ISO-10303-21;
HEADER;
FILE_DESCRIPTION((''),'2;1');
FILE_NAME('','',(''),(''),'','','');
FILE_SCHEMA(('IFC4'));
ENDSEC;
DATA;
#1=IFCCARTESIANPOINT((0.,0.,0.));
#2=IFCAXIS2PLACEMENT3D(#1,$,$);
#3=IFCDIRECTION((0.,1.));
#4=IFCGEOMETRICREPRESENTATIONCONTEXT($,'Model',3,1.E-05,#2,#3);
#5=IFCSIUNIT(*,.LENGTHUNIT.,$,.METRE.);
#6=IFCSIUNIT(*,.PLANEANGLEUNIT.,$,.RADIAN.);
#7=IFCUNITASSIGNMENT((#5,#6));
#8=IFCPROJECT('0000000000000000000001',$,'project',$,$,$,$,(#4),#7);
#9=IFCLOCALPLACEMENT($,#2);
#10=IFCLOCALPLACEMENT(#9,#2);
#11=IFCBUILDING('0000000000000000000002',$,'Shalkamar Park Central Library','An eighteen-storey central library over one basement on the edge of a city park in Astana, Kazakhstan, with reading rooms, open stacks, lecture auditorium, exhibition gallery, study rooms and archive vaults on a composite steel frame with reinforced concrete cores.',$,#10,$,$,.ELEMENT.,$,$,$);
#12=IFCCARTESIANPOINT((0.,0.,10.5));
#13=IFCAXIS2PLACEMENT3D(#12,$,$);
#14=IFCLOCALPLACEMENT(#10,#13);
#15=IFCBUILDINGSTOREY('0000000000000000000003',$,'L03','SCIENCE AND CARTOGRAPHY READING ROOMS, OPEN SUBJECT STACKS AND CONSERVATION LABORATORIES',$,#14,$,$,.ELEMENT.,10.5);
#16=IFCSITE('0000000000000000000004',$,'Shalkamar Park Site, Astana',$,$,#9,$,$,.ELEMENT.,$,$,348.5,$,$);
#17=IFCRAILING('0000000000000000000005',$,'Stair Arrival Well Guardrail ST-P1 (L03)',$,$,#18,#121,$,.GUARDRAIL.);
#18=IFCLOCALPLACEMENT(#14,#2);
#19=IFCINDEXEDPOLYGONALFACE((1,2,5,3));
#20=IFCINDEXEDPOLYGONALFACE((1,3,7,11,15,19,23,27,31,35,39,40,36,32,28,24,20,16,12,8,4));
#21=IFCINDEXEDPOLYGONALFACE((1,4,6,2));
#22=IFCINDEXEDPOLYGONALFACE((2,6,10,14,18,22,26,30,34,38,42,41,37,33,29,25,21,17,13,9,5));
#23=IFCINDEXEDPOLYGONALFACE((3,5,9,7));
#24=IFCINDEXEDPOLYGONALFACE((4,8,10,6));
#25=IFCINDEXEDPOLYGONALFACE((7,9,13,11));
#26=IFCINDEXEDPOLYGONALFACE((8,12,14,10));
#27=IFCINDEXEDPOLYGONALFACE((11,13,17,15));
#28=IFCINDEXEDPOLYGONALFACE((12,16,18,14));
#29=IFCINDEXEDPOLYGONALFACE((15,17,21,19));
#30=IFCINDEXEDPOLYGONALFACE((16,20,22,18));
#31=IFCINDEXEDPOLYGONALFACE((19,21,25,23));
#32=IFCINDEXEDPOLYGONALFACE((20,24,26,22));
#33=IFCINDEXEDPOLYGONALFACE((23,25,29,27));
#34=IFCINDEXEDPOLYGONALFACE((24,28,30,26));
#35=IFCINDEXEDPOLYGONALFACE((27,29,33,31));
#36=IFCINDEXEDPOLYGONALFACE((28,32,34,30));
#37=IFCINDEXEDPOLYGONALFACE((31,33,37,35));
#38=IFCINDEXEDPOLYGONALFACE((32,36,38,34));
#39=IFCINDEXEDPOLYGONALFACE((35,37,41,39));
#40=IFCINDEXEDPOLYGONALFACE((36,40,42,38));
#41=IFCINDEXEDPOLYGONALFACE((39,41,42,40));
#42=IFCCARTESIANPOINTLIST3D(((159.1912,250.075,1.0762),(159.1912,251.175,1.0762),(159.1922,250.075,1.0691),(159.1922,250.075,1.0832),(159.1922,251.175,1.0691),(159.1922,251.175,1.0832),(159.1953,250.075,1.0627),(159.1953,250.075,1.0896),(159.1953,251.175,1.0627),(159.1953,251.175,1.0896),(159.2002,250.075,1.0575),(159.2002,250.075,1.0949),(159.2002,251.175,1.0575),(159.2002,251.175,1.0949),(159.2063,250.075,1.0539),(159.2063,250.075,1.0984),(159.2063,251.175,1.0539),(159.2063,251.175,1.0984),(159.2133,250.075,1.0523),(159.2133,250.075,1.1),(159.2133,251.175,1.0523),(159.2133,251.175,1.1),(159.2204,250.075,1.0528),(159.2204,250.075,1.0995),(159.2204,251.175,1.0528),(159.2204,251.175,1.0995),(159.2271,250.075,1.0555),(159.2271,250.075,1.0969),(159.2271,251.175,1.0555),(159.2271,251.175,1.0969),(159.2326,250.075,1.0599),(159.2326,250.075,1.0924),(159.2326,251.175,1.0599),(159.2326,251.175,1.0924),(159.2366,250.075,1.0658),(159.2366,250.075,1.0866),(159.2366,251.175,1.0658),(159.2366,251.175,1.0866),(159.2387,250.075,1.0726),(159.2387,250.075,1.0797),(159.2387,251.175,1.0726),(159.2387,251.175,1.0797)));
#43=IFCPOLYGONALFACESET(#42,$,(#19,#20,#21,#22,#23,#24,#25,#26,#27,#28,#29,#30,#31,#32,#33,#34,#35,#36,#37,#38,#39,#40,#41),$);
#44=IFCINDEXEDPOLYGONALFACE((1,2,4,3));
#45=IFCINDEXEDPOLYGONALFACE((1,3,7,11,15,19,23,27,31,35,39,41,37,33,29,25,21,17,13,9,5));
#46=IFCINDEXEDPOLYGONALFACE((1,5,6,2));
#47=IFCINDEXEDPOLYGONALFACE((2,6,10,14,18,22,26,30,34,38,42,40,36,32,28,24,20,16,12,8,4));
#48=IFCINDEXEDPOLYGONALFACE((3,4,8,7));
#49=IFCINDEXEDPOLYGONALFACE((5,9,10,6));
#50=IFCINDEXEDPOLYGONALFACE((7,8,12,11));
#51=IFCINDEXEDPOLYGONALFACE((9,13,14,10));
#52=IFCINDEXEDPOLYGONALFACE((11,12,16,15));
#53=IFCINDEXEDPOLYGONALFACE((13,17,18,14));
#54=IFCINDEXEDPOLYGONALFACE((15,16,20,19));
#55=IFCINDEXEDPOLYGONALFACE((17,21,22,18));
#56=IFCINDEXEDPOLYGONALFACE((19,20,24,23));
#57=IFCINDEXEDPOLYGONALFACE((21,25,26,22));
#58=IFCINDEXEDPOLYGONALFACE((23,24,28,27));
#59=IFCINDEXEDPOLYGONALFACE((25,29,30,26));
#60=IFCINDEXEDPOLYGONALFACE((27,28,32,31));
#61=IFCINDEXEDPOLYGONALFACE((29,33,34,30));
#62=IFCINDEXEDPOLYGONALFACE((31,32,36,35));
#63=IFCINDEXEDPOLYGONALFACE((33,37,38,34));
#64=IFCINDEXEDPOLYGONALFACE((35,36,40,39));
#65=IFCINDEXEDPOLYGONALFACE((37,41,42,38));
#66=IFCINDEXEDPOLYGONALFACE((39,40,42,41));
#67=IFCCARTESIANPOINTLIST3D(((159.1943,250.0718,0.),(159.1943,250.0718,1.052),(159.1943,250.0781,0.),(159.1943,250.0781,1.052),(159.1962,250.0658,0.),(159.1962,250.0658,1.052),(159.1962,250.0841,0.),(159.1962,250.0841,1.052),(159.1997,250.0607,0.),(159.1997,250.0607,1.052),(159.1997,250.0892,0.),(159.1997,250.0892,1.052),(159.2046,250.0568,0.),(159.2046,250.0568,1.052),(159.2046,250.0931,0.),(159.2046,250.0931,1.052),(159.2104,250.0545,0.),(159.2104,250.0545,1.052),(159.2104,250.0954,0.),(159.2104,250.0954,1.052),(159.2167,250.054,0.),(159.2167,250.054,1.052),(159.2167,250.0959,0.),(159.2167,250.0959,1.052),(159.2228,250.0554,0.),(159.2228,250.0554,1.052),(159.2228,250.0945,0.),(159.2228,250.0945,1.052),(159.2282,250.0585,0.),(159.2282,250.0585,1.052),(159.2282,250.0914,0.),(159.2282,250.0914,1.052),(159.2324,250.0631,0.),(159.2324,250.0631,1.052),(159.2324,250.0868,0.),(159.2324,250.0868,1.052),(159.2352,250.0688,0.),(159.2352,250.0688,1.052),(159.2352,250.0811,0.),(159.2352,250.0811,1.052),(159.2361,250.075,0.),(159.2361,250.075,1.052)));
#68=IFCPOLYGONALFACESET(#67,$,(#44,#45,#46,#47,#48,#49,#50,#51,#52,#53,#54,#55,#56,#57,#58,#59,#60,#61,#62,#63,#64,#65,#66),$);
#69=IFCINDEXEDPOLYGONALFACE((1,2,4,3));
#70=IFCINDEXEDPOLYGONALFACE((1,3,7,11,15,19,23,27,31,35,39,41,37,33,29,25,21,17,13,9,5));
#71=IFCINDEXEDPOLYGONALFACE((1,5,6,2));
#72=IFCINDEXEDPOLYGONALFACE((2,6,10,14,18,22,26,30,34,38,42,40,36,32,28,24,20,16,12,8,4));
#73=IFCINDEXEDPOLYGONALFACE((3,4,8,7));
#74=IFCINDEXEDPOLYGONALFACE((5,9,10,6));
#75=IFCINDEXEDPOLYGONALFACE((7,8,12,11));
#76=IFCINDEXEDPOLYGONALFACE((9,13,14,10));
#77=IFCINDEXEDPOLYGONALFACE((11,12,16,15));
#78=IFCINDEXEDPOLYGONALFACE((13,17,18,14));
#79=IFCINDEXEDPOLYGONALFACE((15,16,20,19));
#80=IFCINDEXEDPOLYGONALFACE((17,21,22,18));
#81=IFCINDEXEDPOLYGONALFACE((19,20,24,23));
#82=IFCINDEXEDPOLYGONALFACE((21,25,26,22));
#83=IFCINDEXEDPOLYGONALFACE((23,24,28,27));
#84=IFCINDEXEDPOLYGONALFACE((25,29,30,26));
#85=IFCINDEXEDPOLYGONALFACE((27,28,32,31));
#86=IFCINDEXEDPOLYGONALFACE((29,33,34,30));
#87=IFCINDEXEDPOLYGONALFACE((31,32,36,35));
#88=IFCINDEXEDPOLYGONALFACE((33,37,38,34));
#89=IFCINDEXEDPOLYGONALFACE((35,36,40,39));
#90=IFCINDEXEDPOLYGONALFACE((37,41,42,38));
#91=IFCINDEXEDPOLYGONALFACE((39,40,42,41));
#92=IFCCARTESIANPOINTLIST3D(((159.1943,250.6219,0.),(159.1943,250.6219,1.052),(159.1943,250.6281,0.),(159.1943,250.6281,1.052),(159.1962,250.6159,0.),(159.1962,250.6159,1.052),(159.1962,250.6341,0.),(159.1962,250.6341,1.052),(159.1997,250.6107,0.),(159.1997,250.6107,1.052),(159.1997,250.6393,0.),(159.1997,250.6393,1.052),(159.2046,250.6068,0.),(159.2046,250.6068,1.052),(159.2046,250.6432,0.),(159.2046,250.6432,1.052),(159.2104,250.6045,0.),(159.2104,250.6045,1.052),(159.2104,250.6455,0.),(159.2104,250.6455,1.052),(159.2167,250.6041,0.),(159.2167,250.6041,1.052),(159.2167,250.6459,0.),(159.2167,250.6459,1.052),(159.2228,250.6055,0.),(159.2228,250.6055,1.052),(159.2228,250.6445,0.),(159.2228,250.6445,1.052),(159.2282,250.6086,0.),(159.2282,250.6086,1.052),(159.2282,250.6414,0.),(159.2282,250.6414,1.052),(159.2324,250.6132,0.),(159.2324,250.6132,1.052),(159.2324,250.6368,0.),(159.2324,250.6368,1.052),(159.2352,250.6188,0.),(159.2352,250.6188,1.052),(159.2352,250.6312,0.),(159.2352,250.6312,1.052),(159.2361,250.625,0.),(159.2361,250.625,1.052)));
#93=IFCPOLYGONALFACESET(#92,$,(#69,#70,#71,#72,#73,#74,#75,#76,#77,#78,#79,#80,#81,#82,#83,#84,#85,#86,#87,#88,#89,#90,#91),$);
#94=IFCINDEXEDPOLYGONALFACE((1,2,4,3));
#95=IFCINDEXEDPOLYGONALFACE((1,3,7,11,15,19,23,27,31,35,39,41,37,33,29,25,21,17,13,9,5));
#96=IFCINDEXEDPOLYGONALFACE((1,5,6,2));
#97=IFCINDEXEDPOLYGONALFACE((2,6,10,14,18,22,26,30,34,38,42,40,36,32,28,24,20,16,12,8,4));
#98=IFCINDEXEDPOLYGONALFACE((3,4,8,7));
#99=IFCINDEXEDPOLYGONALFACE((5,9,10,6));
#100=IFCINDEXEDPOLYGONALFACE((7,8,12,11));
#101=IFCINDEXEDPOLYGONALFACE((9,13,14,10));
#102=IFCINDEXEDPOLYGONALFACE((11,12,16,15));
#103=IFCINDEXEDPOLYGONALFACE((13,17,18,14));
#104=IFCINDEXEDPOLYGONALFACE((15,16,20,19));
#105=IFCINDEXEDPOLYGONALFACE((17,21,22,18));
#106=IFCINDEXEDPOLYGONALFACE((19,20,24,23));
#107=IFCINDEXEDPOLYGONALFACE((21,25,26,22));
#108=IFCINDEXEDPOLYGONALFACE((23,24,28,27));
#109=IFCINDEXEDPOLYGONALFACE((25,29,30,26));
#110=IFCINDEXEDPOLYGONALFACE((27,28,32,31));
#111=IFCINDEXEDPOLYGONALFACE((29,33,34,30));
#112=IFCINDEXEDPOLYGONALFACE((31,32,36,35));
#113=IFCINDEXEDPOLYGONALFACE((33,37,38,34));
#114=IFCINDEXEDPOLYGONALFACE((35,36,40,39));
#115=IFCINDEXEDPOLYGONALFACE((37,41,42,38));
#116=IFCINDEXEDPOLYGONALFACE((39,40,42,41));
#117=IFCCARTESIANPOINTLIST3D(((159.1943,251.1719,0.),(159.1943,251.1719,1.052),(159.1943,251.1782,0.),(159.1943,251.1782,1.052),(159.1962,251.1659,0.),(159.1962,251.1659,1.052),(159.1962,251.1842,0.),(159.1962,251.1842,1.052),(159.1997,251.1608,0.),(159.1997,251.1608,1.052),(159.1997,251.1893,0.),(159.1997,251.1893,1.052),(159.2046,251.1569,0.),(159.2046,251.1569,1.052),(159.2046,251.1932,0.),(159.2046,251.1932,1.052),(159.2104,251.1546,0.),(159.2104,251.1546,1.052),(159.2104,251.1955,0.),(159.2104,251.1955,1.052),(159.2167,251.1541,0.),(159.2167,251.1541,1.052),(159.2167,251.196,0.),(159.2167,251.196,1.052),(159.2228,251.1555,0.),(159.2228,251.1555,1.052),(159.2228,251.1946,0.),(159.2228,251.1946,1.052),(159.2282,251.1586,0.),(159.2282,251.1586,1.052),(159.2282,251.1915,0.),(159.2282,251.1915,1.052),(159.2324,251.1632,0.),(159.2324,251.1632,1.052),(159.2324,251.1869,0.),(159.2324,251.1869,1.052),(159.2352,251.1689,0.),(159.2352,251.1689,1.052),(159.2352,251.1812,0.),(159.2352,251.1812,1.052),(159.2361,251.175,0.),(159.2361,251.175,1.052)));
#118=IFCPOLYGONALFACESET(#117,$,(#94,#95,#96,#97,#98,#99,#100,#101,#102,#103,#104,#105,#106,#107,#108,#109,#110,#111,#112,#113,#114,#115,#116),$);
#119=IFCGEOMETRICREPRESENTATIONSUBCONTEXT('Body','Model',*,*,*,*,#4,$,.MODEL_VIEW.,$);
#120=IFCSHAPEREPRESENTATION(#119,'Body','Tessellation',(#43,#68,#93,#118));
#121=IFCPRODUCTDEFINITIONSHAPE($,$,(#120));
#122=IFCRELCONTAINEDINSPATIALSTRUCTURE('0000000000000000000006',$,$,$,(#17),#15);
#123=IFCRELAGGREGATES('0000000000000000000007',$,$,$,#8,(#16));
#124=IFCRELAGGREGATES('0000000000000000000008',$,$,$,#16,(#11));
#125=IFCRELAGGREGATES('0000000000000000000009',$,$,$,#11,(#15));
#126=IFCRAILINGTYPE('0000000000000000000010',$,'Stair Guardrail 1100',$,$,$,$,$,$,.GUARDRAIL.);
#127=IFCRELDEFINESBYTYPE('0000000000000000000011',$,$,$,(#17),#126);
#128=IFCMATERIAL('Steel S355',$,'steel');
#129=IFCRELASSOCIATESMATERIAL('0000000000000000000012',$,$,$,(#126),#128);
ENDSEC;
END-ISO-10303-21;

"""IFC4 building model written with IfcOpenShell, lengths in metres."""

from ifc_helpers import new_model, si_unit, direction, frame, origin, origin_2d, place, context, subcontext, project, spatial, circle, extrude, material, type_object, element, save


model = new_model("IFC4")

# Units and contexts
model_context = context("Model", 3, precision=1e-05, world=origin(), true_north=direction((0.0, 1.0)))
body_context = subcontext(model_context, "Body", "Model", "MODEL_VIEW")
ifc_project = project(units=[si_unit("LENGTHUNIT", "METRE"), si_unit("PLANEANGLEUNIT", "RADIAN")], contexts=[model_context])

# Site, building, storey
site_placement = place(None, origin())
site = spatial("IfcSite", under=ifc_project, at=site_placement, Name="Shalkamar Park Site, Astana", CompositionType="ELEMENT", RefElevation=348.5)
building_placement = place(site_placement, origin())
building = spatial("IfcBuilding", under=site, at=building_placement, Name="Shalkamar Park Central Library", Description="An eighteen-storey central library over one basement on the edge of a city park in Astana, Kazakhstan, with reading rooms, open stacks, lecture auditorium, exhibition gallery, study rooms and archive vaults on a composite steel frame with reinforced concrete cores.", CompositionType="ELEMENT")
storey_placement = place(building_placement, frame((0.0, 0.0, 10.5)))
storey = spatial("IfcBuildingStorey", under=building, at=storey_placement, Name="L03", Description="SCIENCE AND CARTOGRAPHY READING ROOMS, OPEN SUBJECT STACKS AND CONSERVATION LABORATORIES", CompositionType="ELEMENT", Elevation=10.5)

# Shared definitions
ifc_material_1 = material(Name="Steel S355", Category="steel")

# Railing
railing_type_1 = type_object("IfcRailingType", Name="Stair Guardrail 1100", PredefinedType="GUARDRAIL", material=ifc_material_1)
railing_1_placement = place(storey_placement, frame((159.2151, 250.075, 0.0)))
element("IfcRailing", 1, at=railing_1_placement, inside=storey, type_object=railing_type_1, Name="Stair Arrival Well Guardrail ST-P1 (L03)", PredefinedType="GUARDRAIL", context=body_context, shape_type="SweptSolid", body=[
    extrude(circle(Radius=0.0239, at=origin_2d()), frame((0.0, 0.0, 1.0762), z_axis=(0.0, 1.0, 0.0), x_axis=(-1.0, 0.0, 0.0)), (0.0, 0.0, 1.0), 1.1001),
    extrude(circle(Radius=0.021, at=origin_2d()), origin(), (0.0, 0.0, 1.0), 1.052),
    extrude(circle(Radius=0.021, at=origin_2d()), frame((0.0, 0.55, 0.0)), (0.0, 0.0, 1.0), 1.052),
    extrude(circle(Radius=0.021, at=origin_2d()), frame((0.0, 1.1001, 0.0)), (0.0, 0.0, 1.0), 1.052),
])

save(model, "model.ifc")
